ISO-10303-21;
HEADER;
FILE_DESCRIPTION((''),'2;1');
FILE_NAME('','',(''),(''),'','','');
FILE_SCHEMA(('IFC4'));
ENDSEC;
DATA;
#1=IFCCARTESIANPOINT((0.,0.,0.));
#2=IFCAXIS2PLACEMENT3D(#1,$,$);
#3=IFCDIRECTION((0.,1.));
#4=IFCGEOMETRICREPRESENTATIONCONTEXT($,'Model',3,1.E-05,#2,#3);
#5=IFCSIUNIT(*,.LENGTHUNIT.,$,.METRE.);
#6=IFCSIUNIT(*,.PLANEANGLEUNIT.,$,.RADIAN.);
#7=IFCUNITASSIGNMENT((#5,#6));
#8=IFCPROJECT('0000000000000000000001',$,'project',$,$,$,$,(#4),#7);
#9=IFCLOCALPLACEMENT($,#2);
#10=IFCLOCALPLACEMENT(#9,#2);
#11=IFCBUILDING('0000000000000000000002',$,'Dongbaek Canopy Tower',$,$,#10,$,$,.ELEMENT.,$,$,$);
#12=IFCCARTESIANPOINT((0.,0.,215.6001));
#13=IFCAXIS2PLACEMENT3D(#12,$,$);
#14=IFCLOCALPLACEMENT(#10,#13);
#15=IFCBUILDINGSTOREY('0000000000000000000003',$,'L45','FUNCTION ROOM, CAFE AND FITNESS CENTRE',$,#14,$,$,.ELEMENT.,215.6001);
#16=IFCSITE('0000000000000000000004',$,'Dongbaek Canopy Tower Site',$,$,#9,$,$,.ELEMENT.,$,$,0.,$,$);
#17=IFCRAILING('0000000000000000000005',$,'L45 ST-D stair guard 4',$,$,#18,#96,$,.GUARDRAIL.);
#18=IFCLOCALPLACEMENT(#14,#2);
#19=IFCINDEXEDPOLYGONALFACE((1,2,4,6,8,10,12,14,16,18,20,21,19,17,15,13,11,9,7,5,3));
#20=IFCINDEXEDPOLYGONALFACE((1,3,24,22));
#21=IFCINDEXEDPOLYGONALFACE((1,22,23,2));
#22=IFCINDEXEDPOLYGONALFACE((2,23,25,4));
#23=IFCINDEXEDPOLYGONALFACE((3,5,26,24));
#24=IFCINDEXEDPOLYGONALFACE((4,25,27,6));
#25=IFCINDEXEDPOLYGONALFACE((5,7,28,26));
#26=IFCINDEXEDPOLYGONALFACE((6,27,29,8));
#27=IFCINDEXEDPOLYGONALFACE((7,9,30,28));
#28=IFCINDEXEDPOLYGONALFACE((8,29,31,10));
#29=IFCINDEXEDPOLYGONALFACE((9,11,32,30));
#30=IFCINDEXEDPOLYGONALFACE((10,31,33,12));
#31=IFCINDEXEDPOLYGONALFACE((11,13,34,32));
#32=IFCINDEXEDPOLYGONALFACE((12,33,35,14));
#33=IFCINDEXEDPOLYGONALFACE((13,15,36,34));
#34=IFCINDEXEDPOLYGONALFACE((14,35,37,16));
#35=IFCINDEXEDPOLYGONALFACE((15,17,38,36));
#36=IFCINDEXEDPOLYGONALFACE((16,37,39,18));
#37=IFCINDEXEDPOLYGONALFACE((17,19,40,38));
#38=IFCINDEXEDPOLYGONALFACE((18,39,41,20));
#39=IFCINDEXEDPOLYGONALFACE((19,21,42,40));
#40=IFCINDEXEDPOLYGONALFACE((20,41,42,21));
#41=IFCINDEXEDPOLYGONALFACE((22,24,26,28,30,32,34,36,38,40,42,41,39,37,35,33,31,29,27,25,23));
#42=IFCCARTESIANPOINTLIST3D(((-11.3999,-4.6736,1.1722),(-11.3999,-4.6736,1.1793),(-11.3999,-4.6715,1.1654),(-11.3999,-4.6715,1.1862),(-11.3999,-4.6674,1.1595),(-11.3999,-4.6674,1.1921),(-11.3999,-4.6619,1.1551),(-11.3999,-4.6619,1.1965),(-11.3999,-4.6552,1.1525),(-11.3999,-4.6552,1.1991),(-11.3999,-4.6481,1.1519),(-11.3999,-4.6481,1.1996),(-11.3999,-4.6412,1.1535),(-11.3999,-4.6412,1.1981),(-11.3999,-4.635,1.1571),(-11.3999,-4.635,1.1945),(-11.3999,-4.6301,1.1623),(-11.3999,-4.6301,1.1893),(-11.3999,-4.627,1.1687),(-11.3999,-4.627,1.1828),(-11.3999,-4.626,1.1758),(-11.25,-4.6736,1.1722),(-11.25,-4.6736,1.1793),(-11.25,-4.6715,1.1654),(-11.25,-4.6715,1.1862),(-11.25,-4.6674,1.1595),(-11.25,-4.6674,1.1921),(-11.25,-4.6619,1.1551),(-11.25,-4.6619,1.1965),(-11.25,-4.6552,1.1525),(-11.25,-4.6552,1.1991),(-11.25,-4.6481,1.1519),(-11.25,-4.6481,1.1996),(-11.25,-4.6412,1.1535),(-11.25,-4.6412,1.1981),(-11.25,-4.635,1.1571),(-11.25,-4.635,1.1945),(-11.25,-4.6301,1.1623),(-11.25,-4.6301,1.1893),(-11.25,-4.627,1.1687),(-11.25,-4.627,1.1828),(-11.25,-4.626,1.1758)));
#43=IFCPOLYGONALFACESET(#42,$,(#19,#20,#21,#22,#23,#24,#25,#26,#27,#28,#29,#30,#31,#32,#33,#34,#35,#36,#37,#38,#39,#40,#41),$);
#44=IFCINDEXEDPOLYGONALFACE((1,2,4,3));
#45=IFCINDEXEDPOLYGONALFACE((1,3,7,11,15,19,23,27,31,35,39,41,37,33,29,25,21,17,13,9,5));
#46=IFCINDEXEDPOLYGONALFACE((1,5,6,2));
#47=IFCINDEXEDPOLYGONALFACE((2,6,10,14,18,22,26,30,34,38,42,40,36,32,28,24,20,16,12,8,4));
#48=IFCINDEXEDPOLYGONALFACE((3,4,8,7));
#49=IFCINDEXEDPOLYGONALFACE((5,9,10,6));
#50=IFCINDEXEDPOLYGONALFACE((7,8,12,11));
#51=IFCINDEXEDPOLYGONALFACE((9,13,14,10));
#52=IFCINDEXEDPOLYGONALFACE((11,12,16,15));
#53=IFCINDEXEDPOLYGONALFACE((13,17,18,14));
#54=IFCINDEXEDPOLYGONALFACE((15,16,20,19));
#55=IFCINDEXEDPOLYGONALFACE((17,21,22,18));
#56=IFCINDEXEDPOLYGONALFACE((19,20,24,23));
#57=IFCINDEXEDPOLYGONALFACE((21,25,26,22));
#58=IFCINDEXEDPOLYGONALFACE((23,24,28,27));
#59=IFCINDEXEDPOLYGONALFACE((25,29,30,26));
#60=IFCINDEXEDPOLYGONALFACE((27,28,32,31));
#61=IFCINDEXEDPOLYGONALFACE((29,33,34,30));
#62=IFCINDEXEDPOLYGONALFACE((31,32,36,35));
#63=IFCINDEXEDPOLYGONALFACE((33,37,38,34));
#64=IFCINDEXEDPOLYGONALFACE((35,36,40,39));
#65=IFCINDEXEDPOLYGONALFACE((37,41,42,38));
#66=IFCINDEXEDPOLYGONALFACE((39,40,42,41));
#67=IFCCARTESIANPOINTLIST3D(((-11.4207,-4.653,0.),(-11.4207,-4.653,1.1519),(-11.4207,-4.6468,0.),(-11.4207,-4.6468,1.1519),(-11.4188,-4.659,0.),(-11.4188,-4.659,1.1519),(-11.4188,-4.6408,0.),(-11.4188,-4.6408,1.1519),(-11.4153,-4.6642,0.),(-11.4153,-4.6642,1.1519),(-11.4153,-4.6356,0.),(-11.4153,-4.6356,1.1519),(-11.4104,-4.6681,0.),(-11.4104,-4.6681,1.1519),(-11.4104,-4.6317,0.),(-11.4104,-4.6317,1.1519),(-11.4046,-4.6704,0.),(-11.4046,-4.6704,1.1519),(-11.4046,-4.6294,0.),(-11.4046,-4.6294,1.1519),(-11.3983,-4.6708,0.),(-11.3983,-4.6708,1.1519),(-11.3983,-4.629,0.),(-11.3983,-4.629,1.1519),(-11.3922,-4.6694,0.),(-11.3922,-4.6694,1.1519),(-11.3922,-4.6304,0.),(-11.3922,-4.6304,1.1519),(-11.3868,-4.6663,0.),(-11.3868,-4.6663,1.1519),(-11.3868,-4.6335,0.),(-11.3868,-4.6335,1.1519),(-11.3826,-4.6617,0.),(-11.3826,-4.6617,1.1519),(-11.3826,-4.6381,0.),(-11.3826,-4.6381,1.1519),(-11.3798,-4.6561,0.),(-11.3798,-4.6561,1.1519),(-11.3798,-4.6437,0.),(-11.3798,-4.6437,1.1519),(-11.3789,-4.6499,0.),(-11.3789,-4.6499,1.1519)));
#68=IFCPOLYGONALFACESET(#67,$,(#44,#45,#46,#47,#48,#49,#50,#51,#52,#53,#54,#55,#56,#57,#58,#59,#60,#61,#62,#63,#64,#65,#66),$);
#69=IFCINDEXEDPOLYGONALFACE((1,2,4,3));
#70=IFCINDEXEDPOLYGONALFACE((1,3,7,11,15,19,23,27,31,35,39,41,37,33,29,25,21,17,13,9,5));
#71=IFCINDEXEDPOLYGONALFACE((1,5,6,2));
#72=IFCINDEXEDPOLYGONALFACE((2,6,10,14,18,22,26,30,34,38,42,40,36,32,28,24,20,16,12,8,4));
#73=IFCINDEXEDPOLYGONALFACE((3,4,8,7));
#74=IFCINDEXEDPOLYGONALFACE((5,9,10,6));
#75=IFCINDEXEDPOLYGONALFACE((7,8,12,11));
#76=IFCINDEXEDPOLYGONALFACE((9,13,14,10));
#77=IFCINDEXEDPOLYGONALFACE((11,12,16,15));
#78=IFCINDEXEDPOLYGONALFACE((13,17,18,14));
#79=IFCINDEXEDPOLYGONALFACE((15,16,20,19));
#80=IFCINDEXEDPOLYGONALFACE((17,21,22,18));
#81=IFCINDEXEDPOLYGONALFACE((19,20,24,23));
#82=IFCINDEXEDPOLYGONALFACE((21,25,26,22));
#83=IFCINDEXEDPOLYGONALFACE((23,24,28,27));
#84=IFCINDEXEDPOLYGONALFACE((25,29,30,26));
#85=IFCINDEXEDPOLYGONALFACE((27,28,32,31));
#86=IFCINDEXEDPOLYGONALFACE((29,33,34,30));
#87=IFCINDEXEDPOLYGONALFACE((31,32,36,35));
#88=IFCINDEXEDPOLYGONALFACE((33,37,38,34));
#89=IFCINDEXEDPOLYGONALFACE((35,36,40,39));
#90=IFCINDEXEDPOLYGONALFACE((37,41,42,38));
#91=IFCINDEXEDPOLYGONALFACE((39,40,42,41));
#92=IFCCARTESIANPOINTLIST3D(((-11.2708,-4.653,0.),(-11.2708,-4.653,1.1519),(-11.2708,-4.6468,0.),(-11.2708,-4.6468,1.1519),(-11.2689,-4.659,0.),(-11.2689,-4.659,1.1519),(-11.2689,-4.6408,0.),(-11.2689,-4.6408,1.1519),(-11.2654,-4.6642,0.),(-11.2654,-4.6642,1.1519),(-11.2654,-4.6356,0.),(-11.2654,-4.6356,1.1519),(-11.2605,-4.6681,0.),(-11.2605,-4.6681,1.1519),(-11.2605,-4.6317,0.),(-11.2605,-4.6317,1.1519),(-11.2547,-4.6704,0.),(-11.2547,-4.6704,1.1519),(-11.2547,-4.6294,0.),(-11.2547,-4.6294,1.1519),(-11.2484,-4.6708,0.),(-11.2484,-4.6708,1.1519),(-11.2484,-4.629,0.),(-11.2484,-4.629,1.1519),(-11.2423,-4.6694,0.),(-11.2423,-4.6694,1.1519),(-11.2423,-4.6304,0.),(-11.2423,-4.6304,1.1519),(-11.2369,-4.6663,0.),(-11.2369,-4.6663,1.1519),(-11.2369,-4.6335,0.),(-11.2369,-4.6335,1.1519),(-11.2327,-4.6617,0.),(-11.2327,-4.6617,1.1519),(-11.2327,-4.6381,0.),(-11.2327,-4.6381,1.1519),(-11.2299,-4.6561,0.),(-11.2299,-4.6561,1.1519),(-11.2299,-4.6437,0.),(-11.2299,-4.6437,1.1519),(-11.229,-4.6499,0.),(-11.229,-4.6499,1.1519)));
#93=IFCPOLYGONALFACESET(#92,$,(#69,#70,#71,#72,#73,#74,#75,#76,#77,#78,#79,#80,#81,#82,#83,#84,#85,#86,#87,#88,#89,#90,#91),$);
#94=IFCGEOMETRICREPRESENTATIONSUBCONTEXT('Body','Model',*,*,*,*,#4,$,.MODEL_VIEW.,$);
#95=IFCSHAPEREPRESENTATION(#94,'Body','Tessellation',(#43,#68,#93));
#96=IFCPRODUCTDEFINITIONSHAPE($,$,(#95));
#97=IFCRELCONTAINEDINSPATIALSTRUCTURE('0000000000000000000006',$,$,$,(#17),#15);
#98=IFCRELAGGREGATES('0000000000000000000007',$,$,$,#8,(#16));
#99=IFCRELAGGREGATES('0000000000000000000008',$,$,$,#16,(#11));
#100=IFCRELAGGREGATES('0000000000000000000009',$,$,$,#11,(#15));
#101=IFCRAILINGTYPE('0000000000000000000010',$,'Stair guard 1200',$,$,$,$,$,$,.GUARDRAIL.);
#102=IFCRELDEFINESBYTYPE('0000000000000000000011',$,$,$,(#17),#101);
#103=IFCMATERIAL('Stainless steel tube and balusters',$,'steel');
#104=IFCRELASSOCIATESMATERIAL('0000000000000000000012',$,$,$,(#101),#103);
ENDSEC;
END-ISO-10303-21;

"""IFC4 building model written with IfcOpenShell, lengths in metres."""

from ifc_helpers import new_model, si_unit, direction, frame, origin, origin_2d, place, context, subcontext, project, spatial, circle, extrude, material, type_object, element, save


model = new_model("IFC4")

# Units and contexts
model_context = context("Model", 3, precision=1e-05, world=origin(), true_north=direction((0.0, 1.0)))
body_context = subcontext(model_context, "Body", "Model", "MODEL_VIEW")
ifc_project = project(units=[si_unit("LENGTHUNIT", "METRE"), si_unit("PLANEANGLEUNIT", "RADIAN")], contexts=[model_context])

# Site, building, storey
site_placement = place(None, origin())
site = spatial("IfcSite", under=ifc_project, at=site_placement, Name="Dongbaek Canopy Tower Site", CompositionType="ELEMENT", RefElevation=0.0)
building_placement = place(site_placement, origin())
building = spatial("IfcBuilding", under=site, at=building_placement, Name="Dongbaek Canopy Tower", CompositionType="ELEMENT")
storey_placement = place(building_placement, frame((0.0, 0.0, 215.6001)))
storey = spatial("IfcBuildingStorey", under=building, at=storey_placement, Name="L45", Description="FUNCTION ROOM, CAFE AND FITNESS CENTRE", CompositionType="ELEMENT", Elevation=215.6001)

# Railing
ifc_material_1 = material(Name="Stainless steel tube and balusters", Category="steel")
railing_type_1 = type_object("IfcRailingType", Name="Stair guard 1200", PredefinedType="GUARDRAIL", material=ifc_material_1)
railing_1_placement = place(storey_placement, frame((-11.3999, -4.6499, 0.0)))
element("IfcRailing", 1, at=railing_1_placement, inside=storey, type_object=railing_type_1, Name="L45 ST-D stair guard 4", PredefinedType="GUARDRAIL", context=body_context, shape_type="SweptSolid", body=[
    extrude(circle(Radius=0.0239, at=origin_2d()), frame((0.0, 0.0, 1.1758), z_axis=(1.0, 0.0, 0.0), x_axis=(0.0, 1.0, 0.0)), (0.0, 0.0, 1.0), 0.1499),
    extrude(circle(Radius=0.021, at=origin_2d()), origin(), (0.0, 0.0, 1.0), 1.1519),
    extrude(circle(Radius=0.021, at=origin_2d()), frame((0.1499, 0.0, 0.0)), (0.0, 0.0, 1.0), 1.1519),
])

save(model, "model.ifc")
